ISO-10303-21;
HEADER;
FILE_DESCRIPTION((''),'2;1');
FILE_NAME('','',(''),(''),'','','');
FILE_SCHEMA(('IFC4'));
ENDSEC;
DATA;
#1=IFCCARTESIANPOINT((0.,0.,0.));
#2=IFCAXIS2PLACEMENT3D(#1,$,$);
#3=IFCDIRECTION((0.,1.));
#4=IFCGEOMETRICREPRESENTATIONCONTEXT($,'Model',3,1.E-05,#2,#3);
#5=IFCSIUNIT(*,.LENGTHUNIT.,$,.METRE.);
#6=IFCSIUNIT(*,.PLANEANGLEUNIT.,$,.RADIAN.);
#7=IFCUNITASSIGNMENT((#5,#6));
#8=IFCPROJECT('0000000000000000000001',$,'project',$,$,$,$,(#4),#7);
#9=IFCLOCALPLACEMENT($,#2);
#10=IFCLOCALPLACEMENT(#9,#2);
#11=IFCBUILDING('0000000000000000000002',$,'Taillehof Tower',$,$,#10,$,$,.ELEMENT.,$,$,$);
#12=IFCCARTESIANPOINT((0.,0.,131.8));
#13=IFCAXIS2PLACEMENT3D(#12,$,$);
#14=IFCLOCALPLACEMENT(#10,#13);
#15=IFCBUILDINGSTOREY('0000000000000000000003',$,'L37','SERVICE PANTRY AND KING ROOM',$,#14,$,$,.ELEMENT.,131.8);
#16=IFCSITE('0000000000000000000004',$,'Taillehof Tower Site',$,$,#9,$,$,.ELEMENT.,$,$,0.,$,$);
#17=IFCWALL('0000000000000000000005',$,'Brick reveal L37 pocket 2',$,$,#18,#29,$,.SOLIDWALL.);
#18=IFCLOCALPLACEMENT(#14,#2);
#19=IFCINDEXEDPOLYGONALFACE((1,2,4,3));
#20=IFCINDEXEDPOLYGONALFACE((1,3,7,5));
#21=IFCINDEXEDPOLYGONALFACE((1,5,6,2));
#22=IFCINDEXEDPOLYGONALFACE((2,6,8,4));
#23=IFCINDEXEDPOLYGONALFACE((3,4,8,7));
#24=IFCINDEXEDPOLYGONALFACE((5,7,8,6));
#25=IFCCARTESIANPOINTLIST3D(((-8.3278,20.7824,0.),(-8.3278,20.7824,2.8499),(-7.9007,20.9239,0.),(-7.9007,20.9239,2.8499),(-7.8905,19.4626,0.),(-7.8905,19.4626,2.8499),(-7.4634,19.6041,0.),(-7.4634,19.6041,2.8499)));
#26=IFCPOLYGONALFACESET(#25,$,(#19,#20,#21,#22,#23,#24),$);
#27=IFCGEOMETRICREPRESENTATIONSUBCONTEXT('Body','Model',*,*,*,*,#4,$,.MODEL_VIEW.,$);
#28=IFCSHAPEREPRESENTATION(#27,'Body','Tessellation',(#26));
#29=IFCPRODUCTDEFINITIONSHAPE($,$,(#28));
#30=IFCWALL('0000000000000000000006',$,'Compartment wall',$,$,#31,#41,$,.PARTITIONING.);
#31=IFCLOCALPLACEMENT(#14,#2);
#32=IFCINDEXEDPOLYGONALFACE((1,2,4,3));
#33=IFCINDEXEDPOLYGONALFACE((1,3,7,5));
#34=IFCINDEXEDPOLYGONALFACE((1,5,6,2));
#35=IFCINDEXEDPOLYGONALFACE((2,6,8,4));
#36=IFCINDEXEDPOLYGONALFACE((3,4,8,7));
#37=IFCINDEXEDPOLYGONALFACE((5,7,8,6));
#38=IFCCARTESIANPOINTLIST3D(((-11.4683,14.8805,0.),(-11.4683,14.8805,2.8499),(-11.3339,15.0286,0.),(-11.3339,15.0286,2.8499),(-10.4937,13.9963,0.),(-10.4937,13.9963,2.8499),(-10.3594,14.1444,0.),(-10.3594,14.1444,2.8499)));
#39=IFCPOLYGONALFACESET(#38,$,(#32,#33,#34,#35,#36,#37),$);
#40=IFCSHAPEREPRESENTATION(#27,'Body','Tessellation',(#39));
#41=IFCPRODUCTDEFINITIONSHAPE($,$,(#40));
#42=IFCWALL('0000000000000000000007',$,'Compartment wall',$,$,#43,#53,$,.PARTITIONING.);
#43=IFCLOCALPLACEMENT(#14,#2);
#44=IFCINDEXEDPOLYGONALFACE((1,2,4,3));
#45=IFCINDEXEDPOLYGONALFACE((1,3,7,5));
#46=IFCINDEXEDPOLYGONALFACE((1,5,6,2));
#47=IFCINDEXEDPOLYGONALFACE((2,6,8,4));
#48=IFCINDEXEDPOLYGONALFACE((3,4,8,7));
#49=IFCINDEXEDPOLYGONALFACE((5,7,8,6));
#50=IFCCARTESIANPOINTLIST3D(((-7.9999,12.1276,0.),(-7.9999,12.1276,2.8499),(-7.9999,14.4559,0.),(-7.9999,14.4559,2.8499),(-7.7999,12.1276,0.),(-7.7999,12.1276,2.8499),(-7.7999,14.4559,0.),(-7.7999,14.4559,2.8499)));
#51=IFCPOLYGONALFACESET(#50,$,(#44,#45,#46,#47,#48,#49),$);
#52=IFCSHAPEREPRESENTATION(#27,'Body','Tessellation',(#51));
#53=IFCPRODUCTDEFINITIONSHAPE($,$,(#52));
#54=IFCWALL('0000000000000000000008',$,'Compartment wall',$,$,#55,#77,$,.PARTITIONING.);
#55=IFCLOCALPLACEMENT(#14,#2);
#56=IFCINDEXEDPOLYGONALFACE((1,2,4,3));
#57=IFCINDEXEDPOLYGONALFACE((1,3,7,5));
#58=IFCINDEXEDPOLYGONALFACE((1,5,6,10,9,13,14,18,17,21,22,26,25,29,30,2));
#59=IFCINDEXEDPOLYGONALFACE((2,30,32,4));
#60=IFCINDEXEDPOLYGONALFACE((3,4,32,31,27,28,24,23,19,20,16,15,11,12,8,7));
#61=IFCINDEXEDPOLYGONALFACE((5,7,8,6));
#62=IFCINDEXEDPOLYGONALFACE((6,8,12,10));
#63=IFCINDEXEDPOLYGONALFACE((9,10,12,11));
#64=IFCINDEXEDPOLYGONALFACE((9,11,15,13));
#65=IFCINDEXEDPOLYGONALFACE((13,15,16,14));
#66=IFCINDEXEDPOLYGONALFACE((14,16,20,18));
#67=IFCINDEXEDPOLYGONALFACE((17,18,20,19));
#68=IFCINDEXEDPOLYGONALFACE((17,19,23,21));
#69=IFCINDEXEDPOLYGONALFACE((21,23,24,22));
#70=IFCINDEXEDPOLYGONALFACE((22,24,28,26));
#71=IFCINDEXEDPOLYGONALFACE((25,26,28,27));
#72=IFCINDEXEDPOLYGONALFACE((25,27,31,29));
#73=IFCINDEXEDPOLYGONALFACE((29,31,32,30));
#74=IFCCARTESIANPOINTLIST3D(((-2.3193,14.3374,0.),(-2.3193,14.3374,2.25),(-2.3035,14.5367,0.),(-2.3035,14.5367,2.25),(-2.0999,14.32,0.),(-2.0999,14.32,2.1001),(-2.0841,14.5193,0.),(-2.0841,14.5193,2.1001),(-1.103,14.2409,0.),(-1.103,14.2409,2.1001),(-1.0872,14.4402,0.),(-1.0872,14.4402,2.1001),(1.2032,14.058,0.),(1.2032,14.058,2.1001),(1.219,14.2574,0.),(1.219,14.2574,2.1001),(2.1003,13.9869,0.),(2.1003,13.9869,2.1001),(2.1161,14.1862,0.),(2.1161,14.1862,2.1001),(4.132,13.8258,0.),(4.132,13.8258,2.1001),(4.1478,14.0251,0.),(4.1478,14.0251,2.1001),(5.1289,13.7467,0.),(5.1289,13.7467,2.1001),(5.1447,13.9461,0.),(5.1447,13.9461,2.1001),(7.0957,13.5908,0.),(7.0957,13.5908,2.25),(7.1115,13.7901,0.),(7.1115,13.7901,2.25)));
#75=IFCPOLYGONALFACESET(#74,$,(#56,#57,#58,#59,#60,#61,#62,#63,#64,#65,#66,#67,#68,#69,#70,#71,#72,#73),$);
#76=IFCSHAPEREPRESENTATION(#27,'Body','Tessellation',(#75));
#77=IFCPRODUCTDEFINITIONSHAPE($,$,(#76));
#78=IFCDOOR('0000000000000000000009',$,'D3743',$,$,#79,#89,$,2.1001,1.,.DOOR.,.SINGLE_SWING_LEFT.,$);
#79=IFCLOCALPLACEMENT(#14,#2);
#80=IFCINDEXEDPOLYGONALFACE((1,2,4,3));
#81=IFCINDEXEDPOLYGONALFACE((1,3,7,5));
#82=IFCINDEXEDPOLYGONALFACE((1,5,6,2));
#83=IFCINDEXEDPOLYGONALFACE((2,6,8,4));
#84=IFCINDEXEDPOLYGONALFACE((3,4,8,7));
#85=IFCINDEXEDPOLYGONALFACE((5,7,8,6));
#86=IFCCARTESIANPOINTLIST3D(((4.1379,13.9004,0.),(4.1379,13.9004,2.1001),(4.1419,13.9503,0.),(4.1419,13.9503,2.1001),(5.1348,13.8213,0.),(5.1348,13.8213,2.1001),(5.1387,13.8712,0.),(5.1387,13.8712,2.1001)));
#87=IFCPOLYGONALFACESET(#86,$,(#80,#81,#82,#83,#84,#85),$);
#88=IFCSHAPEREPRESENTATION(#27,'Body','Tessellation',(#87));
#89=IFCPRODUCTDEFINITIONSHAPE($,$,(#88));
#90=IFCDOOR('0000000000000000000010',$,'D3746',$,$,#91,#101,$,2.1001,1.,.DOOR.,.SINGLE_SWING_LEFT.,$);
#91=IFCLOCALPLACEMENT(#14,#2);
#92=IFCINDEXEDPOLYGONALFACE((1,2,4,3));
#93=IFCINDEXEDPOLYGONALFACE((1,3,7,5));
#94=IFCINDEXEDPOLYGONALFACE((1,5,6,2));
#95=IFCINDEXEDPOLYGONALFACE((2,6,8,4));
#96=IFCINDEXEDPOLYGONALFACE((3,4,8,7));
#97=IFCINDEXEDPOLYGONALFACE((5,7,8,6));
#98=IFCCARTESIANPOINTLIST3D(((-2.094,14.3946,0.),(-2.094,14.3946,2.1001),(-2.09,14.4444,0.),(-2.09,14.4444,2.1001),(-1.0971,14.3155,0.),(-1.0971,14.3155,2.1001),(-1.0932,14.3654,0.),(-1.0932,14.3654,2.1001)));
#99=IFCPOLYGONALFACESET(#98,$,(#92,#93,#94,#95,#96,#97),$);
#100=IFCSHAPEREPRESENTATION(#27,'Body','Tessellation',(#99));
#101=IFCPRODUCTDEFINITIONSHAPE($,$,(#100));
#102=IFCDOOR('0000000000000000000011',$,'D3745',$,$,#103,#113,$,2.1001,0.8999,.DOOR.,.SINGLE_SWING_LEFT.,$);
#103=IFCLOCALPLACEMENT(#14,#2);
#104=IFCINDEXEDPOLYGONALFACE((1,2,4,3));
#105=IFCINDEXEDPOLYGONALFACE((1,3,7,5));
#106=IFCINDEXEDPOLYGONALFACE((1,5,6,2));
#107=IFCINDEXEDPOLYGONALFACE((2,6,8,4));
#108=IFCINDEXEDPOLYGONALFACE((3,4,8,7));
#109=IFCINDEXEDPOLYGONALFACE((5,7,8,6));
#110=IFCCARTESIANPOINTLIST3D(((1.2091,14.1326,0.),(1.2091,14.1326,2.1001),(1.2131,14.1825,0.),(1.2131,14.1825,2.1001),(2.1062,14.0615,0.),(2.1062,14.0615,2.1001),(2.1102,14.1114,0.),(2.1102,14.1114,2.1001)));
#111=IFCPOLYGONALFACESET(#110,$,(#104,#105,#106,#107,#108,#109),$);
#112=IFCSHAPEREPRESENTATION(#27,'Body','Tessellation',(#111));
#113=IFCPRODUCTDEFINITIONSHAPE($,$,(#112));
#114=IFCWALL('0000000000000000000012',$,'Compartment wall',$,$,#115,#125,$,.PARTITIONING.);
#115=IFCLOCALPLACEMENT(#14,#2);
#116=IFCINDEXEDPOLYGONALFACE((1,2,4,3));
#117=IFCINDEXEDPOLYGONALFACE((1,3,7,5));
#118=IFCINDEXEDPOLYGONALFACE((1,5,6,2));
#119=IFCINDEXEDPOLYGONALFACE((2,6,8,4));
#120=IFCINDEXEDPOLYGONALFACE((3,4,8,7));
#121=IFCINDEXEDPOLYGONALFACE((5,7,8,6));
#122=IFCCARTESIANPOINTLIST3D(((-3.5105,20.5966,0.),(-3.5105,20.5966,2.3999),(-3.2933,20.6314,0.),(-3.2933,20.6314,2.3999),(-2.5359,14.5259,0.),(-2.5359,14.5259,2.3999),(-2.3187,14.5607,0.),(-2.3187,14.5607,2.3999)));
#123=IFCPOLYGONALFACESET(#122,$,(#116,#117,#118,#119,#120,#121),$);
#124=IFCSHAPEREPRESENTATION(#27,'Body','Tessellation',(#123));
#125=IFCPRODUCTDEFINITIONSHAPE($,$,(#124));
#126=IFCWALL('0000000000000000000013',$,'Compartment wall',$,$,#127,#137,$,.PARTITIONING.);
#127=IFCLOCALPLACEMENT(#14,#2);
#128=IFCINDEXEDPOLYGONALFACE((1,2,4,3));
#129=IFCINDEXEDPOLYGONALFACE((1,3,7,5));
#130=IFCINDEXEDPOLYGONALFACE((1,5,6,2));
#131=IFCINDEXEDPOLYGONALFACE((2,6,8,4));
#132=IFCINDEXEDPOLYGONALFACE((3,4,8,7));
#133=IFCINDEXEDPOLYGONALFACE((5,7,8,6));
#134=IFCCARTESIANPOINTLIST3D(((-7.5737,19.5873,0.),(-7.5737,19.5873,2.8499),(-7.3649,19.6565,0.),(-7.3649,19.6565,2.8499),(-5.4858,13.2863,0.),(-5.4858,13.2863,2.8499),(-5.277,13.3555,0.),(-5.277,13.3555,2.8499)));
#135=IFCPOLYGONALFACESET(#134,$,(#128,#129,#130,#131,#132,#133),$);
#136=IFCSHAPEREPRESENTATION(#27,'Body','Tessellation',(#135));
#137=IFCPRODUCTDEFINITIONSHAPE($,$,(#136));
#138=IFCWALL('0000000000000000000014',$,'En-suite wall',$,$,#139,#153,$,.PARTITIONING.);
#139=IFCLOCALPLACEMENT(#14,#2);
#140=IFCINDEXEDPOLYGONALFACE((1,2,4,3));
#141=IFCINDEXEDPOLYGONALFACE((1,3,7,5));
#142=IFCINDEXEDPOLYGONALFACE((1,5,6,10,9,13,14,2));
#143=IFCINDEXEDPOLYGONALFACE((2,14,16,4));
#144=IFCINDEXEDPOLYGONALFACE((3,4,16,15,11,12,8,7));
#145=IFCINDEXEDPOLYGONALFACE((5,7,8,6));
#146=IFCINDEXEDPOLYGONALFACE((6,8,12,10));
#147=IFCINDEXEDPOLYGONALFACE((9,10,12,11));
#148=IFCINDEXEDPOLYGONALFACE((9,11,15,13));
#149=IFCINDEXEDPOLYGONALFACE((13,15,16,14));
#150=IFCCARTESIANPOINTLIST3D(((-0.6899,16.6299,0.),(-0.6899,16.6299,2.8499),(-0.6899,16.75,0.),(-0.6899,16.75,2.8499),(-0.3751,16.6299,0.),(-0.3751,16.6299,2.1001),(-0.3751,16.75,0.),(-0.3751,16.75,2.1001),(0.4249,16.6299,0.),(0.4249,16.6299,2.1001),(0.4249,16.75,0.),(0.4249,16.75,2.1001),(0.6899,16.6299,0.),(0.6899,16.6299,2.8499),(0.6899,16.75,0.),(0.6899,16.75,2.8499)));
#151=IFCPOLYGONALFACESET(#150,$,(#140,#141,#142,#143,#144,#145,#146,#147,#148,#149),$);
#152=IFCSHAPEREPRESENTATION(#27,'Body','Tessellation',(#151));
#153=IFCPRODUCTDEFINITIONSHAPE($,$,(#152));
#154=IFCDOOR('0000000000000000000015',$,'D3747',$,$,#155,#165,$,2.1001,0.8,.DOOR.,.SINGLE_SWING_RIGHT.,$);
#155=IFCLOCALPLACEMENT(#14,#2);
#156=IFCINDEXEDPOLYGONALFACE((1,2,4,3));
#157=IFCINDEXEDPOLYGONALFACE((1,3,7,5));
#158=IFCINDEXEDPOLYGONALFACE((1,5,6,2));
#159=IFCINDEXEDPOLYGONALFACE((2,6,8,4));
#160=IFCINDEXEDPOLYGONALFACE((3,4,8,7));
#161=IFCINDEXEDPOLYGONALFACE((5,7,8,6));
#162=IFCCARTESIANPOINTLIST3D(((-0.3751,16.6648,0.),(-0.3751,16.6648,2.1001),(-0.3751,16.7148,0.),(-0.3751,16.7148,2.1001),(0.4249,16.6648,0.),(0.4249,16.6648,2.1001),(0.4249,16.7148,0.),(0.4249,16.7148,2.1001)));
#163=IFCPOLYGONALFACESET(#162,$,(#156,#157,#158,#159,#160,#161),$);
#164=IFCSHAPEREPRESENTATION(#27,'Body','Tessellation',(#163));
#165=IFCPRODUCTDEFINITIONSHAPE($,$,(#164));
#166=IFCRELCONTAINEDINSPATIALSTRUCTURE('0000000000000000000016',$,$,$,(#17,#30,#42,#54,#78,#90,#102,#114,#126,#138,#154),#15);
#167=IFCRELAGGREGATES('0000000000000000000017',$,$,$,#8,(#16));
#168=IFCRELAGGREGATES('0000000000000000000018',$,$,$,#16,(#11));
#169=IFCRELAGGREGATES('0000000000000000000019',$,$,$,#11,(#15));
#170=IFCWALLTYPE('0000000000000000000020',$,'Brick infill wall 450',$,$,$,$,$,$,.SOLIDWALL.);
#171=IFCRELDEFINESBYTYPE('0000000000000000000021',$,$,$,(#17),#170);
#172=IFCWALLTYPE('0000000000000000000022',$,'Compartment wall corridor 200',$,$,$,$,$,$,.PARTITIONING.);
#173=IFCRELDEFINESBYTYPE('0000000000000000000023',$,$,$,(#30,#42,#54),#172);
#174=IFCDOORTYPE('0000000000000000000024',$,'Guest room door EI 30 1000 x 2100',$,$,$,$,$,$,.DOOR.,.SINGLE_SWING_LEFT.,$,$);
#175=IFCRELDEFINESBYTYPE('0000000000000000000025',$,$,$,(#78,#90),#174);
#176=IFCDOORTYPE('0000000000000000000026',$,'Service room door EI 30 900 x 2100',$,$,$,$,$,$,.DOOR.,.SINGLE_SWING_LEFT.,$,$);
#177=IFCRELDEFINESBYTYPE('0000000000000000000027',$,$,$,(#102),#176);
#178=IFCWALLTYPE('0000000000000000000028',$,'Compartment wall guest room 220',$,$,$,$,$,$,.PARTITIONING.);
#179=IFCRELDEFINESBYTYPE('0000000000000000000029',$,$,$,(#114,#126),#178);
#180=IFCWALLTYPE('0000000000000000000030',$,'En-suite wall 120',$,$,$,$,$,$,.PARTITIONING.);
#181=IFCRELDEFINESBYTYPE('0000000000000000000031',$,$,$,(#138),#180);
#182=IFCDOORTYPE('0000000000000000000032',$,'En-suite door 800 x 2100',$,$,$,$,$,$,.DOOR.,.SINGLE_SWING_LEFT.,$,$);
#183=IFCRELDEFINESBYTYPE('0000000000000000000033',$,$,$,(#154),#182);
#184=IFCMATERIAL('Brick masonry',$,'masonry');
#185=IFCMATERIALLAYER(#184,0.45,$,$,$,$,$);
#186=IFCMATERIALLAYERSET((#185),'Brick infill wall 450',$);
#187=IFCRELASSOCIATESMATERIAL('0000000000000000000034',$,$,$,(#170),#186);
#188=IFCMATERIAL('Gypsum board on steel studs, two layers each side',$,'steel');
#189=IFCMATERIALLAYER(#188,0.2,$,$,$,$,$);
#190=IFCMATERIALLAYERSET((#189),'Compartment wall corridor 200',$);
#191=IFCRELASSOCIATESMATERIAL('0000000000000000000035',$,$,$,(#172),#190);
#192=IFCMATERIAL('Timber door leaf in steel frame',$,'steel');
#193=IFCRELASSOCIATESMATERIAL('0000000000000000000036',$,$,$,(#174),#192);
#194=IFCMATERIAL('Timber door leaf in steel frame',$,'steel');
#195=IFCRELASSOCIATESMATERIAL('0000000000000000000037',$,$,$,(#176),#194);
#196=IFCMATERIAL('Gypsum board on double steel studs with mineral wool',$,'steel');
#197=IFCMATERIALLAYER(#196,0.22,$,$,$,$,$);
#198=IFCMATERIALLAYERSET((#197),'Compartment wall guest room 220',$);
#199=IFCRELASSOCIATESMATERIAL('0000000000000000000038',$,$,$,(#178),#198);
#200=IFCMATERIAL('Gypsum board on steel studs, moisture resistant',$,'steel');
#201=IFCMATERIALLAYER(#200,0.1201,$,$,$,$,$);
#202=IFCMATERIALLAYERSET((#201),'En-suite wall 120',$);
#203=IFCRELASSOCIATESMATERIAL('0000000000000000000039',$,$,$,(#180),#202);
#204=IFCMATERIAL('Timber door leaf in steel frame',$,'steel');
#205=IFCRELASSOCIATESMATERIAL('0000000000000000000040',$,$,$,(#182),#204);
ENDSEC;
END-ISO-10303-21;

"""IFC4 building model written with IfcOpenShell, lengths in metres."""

from ifc_helpers import new_model, si_unit, direction, frame, frame_2d, origin, place, context, subcontext, project, spatial, rectangle, extrude, material, layer, layer_set, type_object, element, fill, save


model = new_model("IFC4")

# Units and contexts
model_context = context("Model", 3, precision=1e-05, world=origin(), true_north=direction((0.0, 1.0)))
body_context = subcontext(model_context, "Body", "Model", "MODEL_VIEW")
ifc_project = project(units=[si_unit("LENGTHUNIT", "METRE"), si_unit("PLANEANGLEUNIT", "RADIAN")], contexts=[model_context])

# Site, building, storey
site_placement = place(None, origin())
site = spatial("IfcSite", under=ifc_project, at=site_placement, Name="Taillehof Tower Site", CompositionType="ELEMENT", RefElevation=0.0)
building_placement = place(site_placement, origin())
building = spatial("IfcBuilding", under=site, at=building_placement, Name="Taillehof Tower", CompositionType="ELEMENT")
storey_placement = place(building_placement, frame((0.0, 0.0, 131.8)))
storey = spatial("IfcBuildingStorey", under=building, at=storey_placement, Name="L37", Description="SERVICE PANTRY AND KING ROOM", CompositionType="ELEMENT", Elevation=131.8)

# Shared definitions
ifc_material_1 = material(Name="Brick masonry", Category="masonry")
ifc_layer_1 = layer(ifc_material_1, 0.45)
ifc_layer_set_1 = layer_set([ifc_layer_1], Name="Brick infill wall 450")
wall_type_1 = type_object("IfcWallType", Name="Brick infill wall 450", PredefinedType="SOLIDWALL", material=ifc_layer_set_1)

# Wall
wall_1_placement = place(storey_placement, frame((-8.1143, 20.8533, 0.0), z_axis=(0.0, 0.0, 1.0), x_axis=(0.314489, -0.949261, 0.0)))
element("IfcWall", 1, at=wall_1_placement, inside=storey, type_object=wall_type_1, Name="Brick reveal L37 pocket 2", PredefinedType="SOLIDWALL", context=body_context, shape_type="SweptSolid", body=[
    extrude(rectangle(XDim=1.3904, YDim=0.45, at=frame_2d((0.6953, 0.0))), origin(), (0.0, 0.0, 1.0), 2.8499),
])

# Walls
ifc_material_2 = material(Name="Gypsum board on steel studs, two layers each side", Category="steel")
ifc_layer_2 = layer(ifc_material_2, 0.2)
ifc_layer_set_2 = layer_set([ifc_layer_2], Name="Compartment wall corridor 200")
wall_type_2 = type_object("IfcWallType", Name="Compartment wall corridor 200", PredefinedType="PARTITIONING", material=ifc_layer_set_2)
wall_2_placement = place(storey_placement, frame((-11.4011, 14.9546, 0.0), z_axis=(0.0, 0.0, 1.0), x_axis=(0.740594, -0.671952, 0.0)))
element("IfcWall", 2, at=wall_2_placement, inside=storey, type_object=wall_type_2, Name="Compartment wall", PredefinedType="PARTITIONING", context=body_context, shape_type="SweptSolid", body=[
    extrude(rectangle(XDim=1.3159, YDim=0.2, at=frame_2d((0.658, 0.0))), origin(), (0.0, 0.0, 1.0), 2.8499),
])
wall_3_placement = place(storey_placement, frame((-7.8999, 14.4558, 0.0), z_axis=(0.0, 0.0, 1.0), x_axis=(0.0, -1.0, 0.0)))
element("IfcWall", 3, at=wall_3_placement, inside=storey, type_object=wall_type_2, Name="Compartment wall", PredefinedType="PARTITIONING", context=body_context, shape_type="SweptSolid", body=[
    extrude(rectangle(XDim=2.3284, YDim=0.2, at=frame_2d((1.1641, 0.0))), origin(), (0.0, 0.0, 1.0), 2.8499),
])

# Wall, openings, doors
wall_4_placement = place(storey_placement, frame((-2.3113, 14.437, 0.0), z_axis=(0.0, 0.0, 1.0), x_axis=(0.996871, -0.079049, 0.0)))
wall_4 = element("IfcWall", 4, at=wall_4_placement, inside=storey, type_object=wall_type_2, Name="Compartment wall", PredefinedType="PARTITIONING", context=body_context, shape_type="SweptSolid", body=[
    extrude(rectangle(XDim=9.4446, YDim=0.2, at=frame_2d((4.7222, 0.0))), origin(), (0.0, 0.0, 1.0), 2.25),
])
opening_1_placement = place(wall_4_placement, frame((6.4714, 0.0, 0.0)))
opening_1 = element("IfcOpeningElement", 5, at=opening_1_placement, cuts=wall_4, PredefinedType="OPENING", context=body_context, shape_type="SweptSolid", body=[
    extrude(rectangle(XDim=1.0, YDim=2.1001, at=frame_2d((0.5, 1.05))), frame((0.0, 0.1099, 0.0), z_axis=(0.0, -1.0, 0.0), x_axis=(1.0, 0.0, 0.0)), (0.0, 0.0, 1.0), 0.22),
])
opening_2_placement = place(wall_4_placement, frame((3.5334, 0.0, 0.0)))
opening_2 = element("IfcOpeningElement", 6, at=opening_2_placement, cuts=wall_4, PredefinedType="OPENING", context=body_context, shape_type="SweptSolid", body=[
    extrude(rectangle(XDim=0.8999, YDim=2.1001, at=frame_2d((0.45, 1.05))), frame((0.0, 0.1099, 0.0), z_axis=(0.0, -1.0, 0.0), x_axis=(1.0, 0.0, 0.0)), (0.0, 0.0, 1.0), 0.22),
])
opening_3_placement = place(wall_4_placement, frame((0.22, 0.0, 0.0)))
opening_3 = element("IfcOpeningElement", 7, at=opening_3_placement, cuts=wall_4, PredefinedType="OPENING", context=body_context, shape_type="SweptSolid", body=[
    extrude(rectangle(XDim=1.0, YDim=2.1001, at=frame_2d((0.5, 1.05))), frame((0.0, 0.1099, 0.0), z_axis=(0.0, -1.0, 0.0), x_axis=(1.0, 0.0, 0.0)), (0.0, 0.0, 1.0), 0.22),
])
ifc_material_3 = material(Name="Timber door leaf in steel frame", Category="steel")
door_type_1 = type_object("IfcDoorType", Name="Guest room door EI 30 1000 x 2100", OperationType="SINGLE_SWING_LEFT", PredefinedType="DOOR", material=ifc_material_3)
door_1_placement = place(opening_1_placement, origin())
door_1 = element("IfcDoor", 8, at=door_1_placement, inside=storey, type_object=door_type_1, Name="D3743", OperationType="SINGLE_SWING_LEFT", OverallHeight=2.1001, OverallWidth=1.0, PredefinedType="DOOR", context=body_context, shape_type="SweptSolid", body=[
    extrude(rectangle(XDim=1.0, YDim=2.1001, at=frame_2d((0.5, 1.05))), frame((0.0, 0.0249, 0.0), z_axis=(0.0, -1.0, 0.0), x_axis=(1.0, 0.0, 0.0)), (0.0, 0.0, 1.0), 0.05),
])
fill(opening_1, door_1)
door_2_placement = place(opening_3_placement, origin())
door_2 = element("IfcDoor", 9, at=door_2_placement, inside=storey, type_object=door_type_1, Name="D3746", OperationType="SINGLE_SWING_LEFT", OverallHeight=2.1001, OverallWidth=1.0, PredefinedType="DOOR", context=body_context, shape_type="SweptSolid", body=[
    extrude(rectangle(XDim=1.0, YDim=2.1001, at=frame_2d((0.5, 1.05))), frame((0.0, 0.0249, 0.0), z_axis=(0.0, -1.0, 0.0), x_axis=(1.0, 0.0, 0.0)), (0.0, 0.0, 1.0), 0.05),
])
fill(opening_3, door_2)
ifc_material_4 = material(Name="Timber door leaf in steel frame", Category="steel")
door_type_2 = type_object("IfcDoorType", Name="Service room door EI 30 900 x 2100", OperationType="SINGLE_SWING_LEFT", PredefinedType="DOOR", material=ifc_material_4)
door_3_placement = place(opening_2_placement, origin())
door_3 = element("IfcDoor", 10, at=door_3_placement, inside=storey, type_object=door_type_2, Name="D3745", OperationType="SINGLE_SWING_LEFT", OverallHeight=2.1001, OverallWidth=0.8999, PredefinedType="DOOR", context=body_context, shape_type="SweptSolid", body=[
    extrude(rectangle(XDim=0.8999, YDim=2.1001, at=frame_2d((0.45, 1.05))), frame((0.0, 0.0249, 0.0), z_axis=(0.0, -1.0, 0.0), x_axis=(1.0, 0.0, 0.0)), (0.0, 0.0, 1.0), 0.05),
])
fill(opening_2, door_3)

# Walls
ifc_material_5 = material(Name="Gypsum board on double steel studs with mineral wool", Category="steel")
ifc_layer_3 = layer(ifc_material_5, 0.22)
ifc_layer_set_3 = layer_set([ifc_layer_3], Name="Compartment wall guest room 220")
wall_type_3 = type_object("IfcWallType", Name="Compartment wall guest room 220", PredefinedType="PARTITIONING", material=ifc_layer_set_3)
wall_5_placement = place(storey_placement, frame((-3.4019, 20.614, 0.0), z_axis=(0.0, 0.0, 1.0), x_axis=(0.158511, -0.987357, 0.0)))
element("IfcWall", 11, at=wall_5_placement, inside=storey, type_object=wall_type_3, Name="Compartment wall", PredefinedType="PARTITIONING", context=body_context, shape_type="SweptSolid", body=[
    extrude(rectangle(XDim=6.1484, YDim=0.22, at=frame_2d((3.0742, 0.0))), origin(), (0.0, 0.0, 1.0), 2.3999),
])
wall_6_placement = place(storey_placement, frame((-7.4692, 19.6218, 0.0), z_axis=(0.0, 0.0, 1.0), x_axis=(0.314539, -0.949245, 0.0)))
element("IfcWall", 12, at=wall_6_placement, inside=storey, type_object=wall_type_3, Name="Compartment wall", PredefinedType="PARTITIONING", context=body_context, shape_type="SweptSolid", body=[
    extrude(rectangle(XDim=6.6379, YDim=0.22, at=frame_2d((3.3188, 0.0))), origin(), (0.0, 0.0, 1.0), 2.8499),
])

# Wall, opening, door
ifc_material_6 = material(Name="Gypsum board on steel studs, moisture resistant", Category="steel")
ifc_layer_4 = layer(ifc_material_6, 0.1201)
ifc_layer_set_4 = layer_set([ifc_layer_4], Name="En-suite wall 120")
wall_type_4 = type_object("IfcWallType", Name="En-suite wall 120", PredefinedType="PARTITIONING", material=ifc_layer_set_4)
wall_7_placement = place(storey_placement, frame((-0.6899, 16.6899, 0.0), z_axis=(0.0, 0.0, 1.0), x_axis=(1.0, 0.0, 0.0)))
wall_7 = element("IfcWall", 13, at=wall_7_placement, inside=storey, type_object=wall_type_4, Name="En-suite wall", PredefinedType="PARTITIONING", context=body_context, shape_type="SweptSolid", body=[
    extrude(rectangle(XDim=1.3799, YDim=0.1201, at=frame_2d((0.6899, 0.0))), origin(), (0.0, 0.0, 1.0), 2.8499),
])
opening_4_placement = place(wall_7_placement, frame((0.3149, 0.0, 0.0)))
opening_4 = element("IfcOpeningElement", 14, at=opening_4_placement, cuts=wall_7, PredefinedType="OPENING", context=body_context, shape_type="SweptSolid", body=[
    extrude(rectangle(XDim=0.8, YDim=2.1001, at=frame_2d((0.3999, 1.05))), frame((0.0, 0.0701, 0.0), z_axis=(0.0, -1.0, 0.0), x_axis=(1.0, 0.0, 0.0)), (0.0, 0.0, 1.0), 0.1401),
])
ifc_material_7 = material(Name="Timber door leaf in steel frame", Category="steel")
door_type_3 = type_object("IfcDoorType", Name="En-suite door 800 x 2100", OperationType="SINGLE_SWING_LEFT", PredefinedType="DOOR", material=ifc_material_7)
door_4_placement = place(opening_4_placement, origin())
door_4 = element("IfcDoor", 15, at=door_4_placement, inside=storey, type_object=door_type_3, Name="D3747", OperationType="SINGLE_SWING_RIGHT", OverallHeight=2.1001, OverallWidth=0.8, PredefinedType="DOOR", context=body_context, shape_type="SweptSolid", body=[
    extrude(rectangle(XDim=0.8, YDim=2.1001, at=frame_2d((0.3999, 1.05))), frame((0.0, 0.0249, 0.0), z_axis=(0.0, -1.0, 0.0), x_axis=(1.0, 0.0, 0.0)), (0.0, 0.0, 1.0), 0.05),
])
fill(opening_4, door_4)

save(model, "model.ifc")
